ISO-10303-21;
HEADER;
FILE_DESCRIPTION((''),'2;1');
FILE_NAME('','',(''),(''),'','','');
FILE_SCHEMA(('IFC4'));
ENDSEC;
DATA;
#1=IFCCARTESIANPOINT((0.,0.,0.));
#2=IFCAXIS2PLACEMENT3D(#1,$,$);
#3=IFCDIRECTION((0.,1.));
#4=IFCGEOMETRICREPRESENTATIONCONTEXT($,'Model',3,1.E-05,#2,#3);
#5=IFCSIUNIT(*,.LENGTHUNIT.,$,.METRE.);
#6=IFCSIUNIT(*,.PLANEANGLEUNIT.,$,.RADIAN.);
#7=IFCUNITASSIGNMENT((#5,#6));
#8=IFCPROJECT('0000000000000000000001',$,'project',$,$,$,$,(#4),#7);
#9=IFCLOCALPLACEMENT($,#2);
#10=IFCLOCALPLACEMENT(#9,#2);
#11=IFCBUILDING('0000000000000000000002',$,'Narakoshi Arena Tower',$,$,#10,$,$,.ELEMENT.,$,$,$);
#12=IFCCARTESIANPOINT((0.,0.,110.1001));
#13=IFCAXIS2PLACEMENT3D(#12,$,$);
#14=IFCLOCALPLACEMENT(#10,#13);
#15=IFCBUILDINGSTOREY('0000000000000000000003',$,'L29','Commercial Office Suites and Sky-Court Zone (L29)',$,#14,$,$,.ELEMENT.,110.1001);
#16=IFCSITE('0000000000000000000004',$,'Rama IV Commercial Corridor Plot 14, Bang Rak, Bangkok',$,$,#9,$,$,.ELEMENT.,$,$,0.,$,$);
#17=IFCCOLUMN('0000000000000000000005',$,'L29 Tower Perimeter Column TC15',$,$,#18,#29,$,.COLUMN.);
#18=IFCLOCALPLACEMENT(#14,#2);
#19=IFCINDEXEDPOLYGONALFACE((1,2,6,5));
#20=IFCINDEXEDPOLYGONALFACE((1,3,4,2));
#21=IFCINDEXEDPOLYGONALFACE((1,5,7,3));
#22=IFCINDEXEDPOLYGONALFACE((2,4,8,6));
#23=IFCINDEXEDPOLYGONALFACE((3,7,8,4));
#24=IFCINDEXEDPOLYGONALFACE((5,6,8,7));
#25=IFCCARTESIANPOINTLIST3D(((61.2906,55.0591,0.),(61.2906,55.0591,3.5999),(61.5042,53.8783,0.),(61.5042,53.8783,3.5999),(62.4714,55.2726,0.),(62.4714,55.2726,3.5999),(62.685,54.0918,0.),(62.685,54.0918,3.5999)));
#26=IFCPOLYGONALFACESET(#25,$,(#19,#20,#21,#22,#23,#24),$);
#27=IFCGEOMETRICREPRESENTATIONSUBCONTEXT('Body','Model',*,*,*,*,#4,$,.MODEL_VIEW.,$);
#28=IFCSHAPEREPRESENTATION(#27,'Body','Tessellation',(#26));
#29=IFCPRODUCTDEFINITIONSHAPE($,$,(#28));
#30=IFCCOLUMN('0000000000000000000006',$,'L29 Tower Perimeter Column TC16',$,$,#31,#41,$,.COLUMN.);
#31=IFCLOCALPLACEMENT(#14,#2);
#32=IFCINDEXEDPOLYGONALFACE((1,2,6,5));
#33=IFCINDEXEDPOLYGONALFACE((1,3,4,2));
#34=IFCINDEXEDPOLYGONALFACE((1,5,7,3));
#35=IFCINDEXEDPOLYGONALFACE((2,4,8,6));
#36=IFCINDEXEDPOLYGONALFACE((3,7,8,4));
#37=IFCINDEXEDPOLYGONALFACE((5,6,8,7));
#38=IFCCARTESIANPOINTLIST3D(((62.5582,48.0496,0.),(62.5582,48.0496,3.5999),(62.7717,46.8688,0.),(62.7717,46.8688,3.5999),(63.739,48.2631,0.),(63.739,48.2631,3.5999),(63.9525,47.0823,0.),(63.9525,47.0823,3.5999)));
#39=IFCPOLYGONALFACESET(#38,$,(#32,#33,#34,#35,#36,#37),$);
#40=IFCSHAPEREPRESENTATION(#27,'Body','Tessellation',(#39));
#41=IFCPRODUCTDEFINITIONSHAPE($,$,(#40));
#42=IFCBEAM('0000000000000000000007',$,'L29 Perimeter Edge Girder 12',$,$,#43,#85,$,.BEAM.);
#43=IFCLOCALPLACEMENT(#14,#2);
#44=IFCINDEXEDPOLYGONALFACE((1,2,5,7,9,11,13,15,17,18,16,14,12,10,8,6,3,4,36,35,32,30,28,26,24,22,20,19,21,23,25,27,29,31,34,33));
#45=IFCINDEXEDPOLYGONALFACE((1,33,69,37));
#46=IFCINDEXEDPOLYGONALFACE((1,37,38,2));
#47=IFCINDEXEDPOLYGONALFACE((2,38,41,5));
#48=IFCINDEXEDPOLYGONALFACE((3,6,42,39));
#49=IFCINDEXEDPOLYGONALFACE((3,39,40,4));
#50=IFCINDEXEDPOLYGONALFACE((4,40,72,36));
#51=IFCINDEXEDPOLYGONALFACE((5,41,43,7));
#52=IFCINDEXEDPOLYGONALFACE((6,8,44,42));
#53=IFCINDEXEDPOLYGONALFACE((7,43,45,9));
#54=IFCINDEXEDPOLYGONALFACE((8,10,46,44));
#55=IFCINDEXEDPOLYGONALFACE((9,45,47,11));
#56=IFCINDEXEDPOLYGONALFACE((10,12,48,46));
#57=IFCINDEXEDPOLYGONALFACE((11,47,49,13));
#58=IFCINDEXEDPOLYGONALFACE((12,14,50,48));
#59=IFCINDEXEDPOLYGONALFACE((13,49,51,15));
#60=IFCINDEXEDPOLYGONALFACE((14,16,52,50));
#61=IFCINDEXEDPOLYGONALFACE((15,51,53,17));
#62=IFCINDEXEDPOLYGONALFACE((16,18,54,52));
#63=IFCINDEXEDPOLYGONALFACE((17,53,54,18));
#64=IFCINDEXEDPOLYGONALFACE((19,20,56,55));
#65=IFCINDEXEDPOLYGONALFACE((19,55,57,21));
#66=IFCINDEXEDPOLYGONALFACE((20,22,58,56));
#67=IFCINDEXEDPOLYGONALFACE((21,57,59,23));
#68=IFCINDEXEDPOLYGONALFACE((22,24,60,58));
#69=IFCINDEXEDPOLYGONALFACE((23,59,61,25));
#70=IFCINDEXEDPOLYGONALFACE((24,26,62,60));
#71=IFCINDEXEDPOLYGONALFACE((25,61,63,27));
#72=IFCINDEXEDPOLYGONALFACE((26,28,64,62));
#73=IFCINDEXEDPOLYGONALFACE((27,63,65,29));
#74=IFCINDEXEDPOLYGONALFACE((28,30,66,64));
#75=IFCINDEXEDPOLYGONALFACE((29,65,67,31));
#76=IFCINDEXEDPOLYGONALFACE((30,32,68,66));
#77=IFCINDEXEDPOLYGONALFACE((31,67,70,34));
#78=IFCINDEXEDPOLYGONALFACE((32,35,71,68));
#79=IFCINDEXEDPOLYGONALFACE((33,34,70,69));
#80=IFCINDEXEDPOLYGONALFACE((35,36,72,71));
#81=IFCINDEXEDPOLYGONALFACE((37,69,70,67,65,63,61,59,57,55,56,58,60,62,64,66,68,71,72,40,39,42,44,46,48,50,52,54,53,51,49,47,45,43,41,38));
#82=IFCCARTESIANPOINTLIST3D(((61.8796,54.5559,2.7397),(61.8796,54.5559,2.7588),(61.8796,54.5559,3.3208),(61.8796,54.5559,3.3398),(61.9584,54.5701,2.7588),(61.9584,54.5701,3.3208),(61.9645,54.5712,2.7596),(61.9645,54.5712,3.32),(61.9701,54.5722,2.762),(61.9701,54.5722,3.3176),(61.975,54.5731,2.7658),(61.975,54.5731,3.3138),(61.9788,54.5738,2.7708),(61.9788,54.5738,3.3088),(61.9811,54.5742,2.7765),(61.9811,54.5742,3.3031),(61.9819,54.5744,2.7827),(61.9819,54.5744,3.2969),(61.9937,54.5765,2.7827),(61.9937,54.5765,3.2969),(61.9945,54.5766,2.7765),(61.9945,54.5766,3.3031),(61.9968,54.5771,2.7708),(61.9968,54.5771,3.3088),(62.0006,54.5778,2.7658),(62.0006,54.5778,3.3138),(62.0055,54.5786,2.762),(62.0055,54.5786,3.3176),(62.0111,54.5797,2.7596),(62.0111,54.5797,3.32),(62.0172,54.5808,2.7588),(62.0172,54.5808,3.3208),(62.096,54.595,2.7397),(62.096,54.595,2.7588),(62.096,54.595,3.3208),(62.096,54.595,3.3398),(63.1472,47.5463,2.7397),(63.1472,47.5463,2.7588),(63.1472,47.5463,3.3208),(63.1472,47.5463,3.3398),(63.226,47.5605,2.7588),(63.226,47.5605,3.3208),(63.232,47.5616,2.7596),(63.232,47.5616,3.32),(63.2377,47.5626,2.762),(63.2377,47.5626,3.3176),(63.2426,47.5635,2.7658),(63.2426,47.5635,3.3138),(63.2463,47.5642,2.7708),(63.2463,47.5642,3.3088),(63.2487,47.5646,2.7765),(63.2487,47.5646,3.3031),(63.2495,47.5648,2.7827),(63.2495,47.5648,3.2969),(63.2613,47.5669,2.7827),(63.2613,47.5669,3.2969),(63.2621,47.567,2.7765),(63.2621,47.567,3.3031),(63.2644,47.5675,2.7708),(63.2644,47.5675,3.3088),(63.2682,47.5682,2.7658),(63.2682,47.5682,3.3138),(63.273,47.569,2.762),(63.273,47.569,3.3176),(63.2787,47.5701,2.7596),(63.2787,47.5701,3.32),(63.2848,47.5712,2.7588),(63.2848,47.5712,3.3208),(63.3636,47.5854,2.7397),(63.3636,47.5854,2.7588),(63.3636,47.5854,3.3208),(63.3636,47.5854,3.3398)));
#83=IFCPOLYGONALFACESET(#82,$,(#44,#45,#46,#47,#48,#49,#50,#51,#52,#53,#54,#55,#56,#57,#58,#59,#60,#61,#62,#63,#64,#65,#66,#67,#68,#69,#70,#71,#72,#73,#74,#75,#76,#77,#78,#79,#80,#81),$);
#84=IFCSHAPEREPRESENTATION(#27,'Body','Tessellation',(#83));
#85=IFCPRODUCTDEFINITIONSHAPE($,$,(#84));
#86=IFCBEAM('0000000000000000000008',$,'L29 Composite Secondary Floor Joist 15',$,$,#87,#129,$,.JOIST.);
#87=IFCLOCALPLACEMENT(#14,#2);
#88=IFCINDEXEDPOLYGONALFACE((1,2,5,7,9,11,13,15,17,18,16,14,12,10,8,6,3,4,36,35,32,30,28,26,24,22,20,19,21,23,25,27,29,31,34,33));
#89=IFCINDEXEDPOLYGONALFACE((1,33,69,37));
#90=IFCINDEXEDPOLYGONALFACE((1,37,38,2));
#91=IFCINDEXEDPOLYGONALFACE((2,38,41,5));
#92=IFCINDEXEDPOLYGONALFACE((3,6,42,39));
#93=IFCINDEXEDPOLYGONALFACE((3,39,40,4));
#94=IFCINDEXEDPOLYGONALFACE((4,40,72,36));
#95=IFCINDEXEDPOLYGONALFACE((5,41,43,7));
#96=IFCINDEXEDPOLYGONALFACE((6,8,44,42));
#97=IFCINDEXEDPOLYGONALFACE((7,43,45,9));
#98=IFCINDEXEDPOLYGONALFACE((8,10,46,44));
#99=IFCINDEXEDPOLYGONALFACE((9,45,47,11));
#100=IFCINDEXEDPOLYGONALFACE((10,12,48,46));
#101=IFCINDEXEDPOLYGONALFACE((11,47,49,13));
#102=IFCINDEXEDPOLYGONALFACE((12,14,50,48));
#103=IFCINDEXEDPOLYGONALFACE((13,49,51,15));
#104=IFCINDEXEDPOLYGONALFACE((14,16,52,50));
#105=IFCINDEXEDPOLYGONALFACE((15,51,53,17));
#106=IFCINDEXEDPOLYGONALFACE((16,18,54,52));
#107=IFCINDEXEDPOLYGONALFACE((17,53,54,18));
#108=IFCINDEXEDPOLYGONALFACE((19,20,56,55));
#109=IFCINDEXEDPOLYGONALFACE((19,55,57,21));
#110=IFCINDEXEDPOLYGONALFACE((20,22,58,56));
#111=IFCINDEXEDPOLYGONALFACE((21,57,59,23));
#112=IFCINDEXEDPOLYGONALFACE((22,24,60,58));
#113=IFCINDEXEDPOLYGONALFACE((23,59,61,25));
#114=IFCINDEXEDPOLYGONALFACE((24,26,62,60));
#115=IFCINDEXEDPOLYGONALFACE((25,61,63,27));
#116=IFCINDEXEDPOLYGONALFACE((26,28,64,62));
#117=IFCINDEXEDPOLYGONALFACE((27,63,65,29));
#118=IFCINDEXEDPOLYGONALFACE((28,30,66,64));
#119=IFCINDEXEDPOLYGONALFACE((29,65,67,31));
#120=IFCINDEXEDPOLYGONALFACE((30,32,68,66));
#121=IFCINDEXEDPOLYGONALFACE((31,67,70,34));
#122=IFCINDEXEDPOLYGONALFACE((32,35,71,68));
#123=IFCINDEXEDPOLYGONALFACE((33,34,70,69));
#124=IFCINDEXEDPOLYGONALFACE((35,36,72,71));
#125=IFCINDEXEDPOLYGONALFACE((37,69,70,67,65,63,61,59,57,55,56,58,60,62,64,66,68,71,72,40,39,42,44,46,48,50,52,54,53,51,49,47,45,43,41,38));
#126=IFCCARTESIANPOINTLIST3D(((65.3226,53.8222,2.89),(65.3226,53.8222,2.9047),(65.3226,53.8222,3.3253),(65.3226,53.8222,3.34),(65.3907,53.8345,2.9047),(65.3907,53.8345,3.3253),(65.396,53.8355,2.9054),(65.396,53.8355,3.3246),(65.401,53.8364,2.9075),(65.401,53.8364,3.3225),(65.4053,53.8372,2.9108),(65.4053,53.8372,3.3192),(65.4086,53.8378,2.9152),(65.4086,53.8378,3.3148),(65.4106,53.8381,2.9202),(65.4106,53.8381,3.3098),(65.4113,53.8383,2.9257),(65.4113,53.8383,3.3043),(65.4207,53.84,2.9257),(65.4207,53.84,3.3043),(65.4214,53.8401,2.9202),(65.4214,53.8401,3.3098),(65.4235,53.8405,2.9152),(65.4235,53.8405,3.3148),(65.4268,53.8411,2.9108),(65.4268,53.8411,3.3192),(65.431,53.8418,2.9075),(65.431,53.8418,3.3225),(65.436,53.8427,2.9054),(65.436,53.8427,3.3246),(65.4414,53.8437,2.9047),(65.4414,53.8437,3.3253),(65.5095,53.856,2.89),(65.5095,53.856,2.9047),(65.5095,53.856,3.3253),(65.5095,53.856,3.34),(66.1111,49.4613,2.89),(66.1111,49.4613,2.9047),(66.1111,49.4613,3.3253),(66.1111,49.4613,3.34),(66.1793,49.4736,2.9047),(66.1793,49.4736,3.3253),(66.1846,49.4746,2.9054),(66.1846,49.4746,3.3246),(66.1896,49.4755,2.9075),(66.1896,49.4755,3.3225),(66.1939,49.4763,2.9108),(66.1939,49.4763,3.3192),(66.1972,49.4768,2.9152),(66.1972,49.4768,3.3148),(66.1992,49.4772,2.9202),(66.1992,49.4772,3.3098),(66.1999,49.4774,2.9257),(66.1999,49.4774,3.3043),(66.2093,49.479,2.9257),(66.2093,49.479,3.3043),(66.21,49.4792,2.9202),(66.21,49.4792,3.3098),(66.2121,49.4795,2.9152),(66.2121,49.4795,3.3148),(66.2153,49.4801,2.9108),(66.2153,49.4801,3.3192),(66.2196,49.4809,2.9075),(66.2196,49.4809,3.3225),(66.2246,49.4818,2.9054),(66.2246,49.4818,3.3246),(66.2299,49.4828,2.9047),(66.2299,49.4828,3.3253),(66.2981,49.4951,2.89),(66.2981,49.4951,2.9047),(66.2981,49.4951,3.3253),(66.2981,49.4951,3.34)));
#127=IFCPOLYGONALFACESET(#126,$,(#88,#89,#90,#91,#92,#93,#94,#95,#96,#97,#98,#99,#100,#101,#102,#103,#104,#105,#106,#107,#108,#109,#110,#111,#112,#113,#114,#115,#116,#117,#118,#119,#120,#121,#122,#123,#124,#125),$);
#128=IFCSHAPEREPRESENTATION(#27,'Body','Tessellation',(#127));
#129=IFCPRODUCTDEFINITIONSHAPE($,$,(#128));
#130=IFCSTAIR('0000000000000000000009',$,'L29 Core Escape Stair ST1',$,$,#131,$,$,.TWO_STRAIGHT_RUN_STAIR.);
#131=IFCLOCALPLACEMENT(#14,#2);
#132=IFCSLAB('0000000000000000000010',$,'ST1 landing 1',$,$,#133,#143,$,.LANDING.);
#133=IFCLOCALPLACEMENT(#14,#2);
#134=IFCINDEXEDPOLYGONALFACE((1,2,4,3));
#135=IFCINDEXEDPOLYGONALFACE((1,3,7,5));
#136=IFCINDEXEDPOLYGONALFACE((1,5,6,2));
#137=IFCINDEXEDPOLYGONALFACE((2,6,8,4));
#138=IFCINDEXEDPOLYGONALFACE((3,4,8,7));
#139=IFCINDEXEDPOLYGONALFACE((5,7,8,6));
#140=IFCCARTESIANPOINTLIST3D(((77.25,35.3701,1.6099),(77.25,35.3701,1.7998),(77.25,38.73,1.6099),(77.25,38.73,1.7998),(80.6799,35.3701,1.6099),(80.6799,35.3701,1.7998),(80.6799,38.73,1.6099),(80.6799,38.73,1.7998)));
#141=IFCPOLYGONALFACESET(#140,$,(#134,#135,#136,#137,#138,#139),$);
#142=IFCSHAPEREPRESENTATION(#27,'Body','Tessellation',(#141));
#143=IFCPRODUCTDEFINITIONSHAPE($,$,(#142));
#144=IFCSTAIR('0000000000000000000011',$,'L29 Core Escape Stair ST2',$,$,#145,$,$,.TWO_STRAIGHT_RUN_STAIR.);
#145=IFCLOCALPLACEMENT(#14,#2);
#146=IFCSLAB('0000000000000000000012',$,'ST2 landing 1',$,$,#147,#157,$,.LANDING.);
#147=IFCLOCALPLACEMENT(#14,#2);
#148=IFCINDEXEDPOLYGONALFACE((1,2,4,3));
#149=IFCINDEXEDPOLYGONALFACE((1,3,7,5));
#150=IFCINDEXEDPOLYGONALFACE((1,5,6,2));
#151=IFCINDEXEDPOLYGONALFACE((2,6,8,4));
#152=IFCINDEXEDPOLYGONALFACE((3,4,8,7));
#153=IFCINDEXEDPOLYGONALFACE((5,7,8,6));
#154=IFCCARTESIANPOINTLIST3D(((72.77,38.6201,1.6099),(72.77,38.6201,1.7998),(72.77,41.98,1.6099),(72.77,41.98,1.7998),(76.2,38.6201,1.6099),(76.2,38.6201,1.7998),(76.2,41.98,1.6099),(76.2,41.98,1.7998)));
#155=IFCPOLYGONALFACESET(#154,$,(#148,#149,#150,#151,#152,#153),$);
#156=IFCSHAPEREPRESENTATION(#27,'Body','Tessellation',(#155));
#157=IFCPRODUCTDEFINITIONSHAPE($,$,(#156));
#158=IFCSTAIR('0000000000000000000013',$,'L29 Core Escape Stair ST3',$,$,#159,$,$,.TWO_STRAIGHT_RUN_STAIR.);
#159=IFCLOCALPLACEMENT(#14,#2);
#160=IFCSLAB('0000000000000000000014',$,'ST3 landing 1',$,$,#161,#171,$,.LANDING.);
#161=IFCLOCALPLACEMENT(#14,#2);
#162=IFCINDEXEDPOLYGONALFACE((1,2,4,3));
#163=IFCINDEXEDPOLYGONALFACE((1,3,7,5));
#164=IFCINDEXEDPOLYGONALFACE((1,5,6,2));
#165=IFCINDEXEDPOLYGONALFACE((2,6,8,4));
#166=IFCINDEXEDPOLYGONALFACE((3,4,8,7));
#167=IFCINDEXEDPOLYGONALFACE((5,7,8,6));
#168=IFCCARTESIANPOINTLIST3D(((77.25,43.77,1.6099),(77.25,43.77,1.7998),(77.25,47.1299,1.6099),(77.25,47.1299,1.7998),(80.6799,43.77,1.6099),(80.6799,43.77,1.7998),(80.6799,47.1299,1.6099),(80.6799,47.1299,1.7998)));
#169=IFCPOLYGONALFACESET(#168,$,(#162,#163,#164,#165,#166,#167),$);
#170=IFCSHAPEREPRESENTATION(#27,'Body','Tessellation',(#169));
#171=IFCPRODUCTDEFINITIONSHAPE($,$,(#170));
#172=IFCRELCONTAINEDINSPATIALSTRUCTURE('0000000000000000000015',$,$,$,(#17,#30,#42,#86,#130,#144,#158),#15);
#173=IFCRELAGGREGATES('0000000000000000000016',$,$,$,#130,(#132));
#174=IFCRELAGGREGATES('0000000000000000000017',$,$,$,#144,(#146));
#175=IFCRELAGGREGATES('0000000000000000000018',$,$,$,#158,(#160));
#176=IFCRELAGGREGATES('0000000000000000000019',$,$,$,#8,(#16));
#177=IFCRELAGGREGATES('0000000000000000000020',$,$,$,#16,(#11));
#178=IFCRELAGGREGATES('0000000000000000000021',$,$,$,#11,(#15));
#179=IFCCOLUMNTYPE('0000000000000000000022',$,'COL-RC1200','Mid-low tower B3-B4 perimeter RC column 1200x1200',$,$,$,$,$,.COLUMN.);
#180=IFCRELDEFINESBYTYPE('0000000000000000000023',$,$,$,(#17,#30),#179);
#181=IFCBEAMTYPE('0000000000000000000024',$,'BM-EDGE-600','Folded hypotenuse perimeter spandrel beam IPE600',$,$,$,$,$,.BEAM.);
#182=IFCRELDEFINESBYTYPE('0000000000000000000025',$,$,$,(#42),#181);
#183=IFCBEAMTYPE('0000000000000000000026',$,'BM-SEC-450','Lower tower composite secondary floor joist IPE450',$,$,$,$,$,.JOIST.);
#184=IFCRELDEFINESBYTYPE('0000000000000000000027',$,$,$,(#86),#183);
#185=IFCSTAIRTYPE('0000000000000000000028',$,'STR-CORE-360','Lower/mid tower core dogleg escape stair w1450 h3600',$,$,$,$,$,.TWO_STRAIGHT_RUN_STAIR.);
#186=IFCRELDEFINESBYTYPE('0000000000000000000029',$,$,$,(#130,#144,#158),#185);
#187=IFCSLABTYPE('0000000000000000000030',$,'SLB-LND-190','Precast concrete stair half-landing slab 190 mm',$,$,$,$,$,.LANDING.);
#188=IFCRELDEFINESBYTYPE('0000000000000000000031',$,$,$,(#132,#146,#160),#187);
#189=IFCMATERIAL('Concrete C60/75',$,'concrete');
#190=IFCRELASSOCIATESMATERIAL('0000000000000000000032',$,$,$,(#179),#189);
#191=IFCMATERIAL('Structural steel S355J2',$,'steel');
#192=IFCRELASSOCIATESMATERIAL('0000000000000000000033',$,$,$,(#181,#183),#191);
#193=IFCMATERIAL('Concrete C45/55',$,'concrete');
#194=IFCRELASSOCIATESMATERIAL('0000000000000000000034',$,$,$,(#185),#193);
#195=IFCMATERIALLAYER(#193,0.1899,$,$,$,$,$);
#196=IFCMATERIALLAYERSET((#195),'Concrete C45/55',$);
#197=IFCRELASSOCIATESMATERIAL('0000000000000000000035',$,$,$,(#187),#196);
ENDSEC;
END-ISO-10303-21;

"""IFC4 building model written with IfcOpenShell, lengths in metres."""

from ifc_helpers import new_model, si_unit, direction, frame, origin, origin_2d, place, context, subcontext, project, spatial, polyline, rectangle, i_section, outline, extrude, material, layer, layer_set, material_profile, profile_set, type_object, element, aggregate, save


model = new_model("IFC4")

# Units and contexts
model_context = context("Model", 3, precision=1e-05, world=origin(), true_north=direction((0.0, 1.0)))
body_context = subcontext(model_context, "Body", "Model", "MODEL_VIEW")
ifc_project = project(units=[si_unit("LENGTHUNIT", "METRE"), si_unit("PLANEANGLEUNIT", "RADIAN")], contexts=[model_context])

# Site, building, storey
site_placement = place(None, origin())
site = spatial("IfcSite", under=ifc_project, at=site_placement, Name="Rama IV Commercial Corridor Plot 14, Bang Rak, Bangkok", CompositionType="ELEMENT", RefElevation=0.0)
building_placement = place(site_placement, origin())
building = spatial("IfcBuilding", under=site, at=building_placement, Name="Narakoshi Arena Tower", CompositionType="ELEMENT")
storey_placement = place(building_placement, frame((0.0, 0.0, 110.1001)))
storey = spatial("IfcBuildingStorey", under=building, at=storey_placement, Name="L29", Description="Commercial Office Suites and Sky-Court Zone (L29)", CompositionType="ELEMENT", Elevation=110.1001)

# Columns
ifc_material_1 = material(Name="Concrete C60/75", Category="concrete")
ifc_material_profile_1 = material_profile(ifc_material_1, rectangle(XDim=1.2, YDim=1.2, at=origin_2d()), Name="RC1200x1200")
ifc_profile_set_1 = profile_set([ifc_material_profile_1], Name="Concrete C60/75")
column_type = type_object("IfcColumnType", Name="COL-RC1200", Description="Mid-low tower B3-B4 perimeter RC column 1200x1200", PredefinedType="COLUMN", material=ifc_profile_set_1)
for number, where, z_axis, x_axis, name in (
    (1, (61.9878, 54.5754, 0.0), (0.0, 0.0, 1.0), (-0.177944, 0.984041, 0.0), "L29 Tower Perimeter Column TC15"),
    (2, (63.2554, 47.5659, 0.0), (0.0, 0.0, 1.0), (-0.177944, 0.984041, 0.0), "L29 Tower Perimeter Column TC16"),
):
    element("IfcColumn", number, at=place(storey_placement, frame(where, z_axis=z_axis, x_axis=x_axis)), inside=storey, type_object=column_type, Name=name, PredefinedType="COLUMN", context=body_context, shape_type="SweptSolid", body=[
        extrude(rectangle(XDim=1.2, YDim=1.2, at=origin_2d()), origin(), (0.0, 0.0, 1.0), 3.5999),
    ])

# Beams
ifc_material_2 = material(Name="Structural steel S355J2", Category="steel")
ifc_material_profile_2 = material_profile(ifc_material_2, i_section(OverallWidth=0.22, OverallDepth=0.6001, WebThickness=0.012, FlangeThickness=0.019, FilletRadius=0.0239, at=origin_2d()), Name="IPE600")
ifc_profile_set_2 = profile_set([ifc_material_profile_2], Name="Structural steel S355J2")
beam_type_1 = type_object("IfcBeamType", Name="BM-EDGE-600", Description="Folded hypotenuse perimeter spandrel beam IPE600", PredefinedType="BEAM", material=ifc_profile_set_2)
beam_1_placement = place(storey_placement, frame((61.9878, 54.5754, 3.0398), z_axis=(0.17795, -0.984039, 0.0), x_axis=(0.984039, 0.17795, 0.0)))
element("IfcBeam", 3, at=beam_1_placement, inside=storey, type_object=beam_type_1, Name="L29 Perimeter Edge Girder 12", PredefinedType="BEAM", context=body_context, shape_type="SweptSolid", body=[
    extrude(i_section(OverallWidth=0.22, OverallDepth=0.6001, WebThickness=0.012, FlangeThickness=0.019, FilletRadius=0.0239, at=origin_2d()), origin(), (0.0, 0.0, 1.0), 7.1233),
])
ifc_material_profile_3 = material_profile(ifc_material_2, i_section(OverallWidth=0.1899, OverallDepth=0.45, WebThickness=0.0095, FlangeThickness=0.0146, FilletRadius=0.021, at=origin_2d()), Name="IPE450")
ifc_profile_set_3 = profile_set([ifc_material_profile_3], Name="Structural steel S355J2")
beam_type_2 = type_object("IfcBeamType", Name="BM-SEC-450", Description="Lower tower composite secondary floor joist IPE450", PredefinedType="JOIST", material=ifc_profile_set_3)
beam_2_placement = place(storey_placement, frame((65.416, 53.8391, 3.115), z_axis=(0.177945, -0.98404, 0.0), x_axis=(0.98404, 0.177945, 0.0)))
element("IfcBeam", 4, at=beam_2_placement, inside=storey, type_object=beam_type_2, Name="L29 Composite Secondary Floor Joist 15", PredefinedType="JOIST", context=body_context, shape_type="SweptSolid", body=[
    extrude(i_section(OverallWidth=0.1899, OverallDepth=0.45, WebThickness=0.0095, FlangeThickness=0.0146, FilletRadius=0.021, at=origin_2d()), origin(), (0.0, 0.0, 1.0), 4.4316),
])

# Stairs, slabs
ifc_material_3 = material(Name="Concrete C45/55", Category="concrete")
stair_type = type_object("IfcStairType", Name="STR-CORE-360", Description="Lower/mid tower core dogleg escape stair w1450 h3600", PredefinedType="TWO_STRAIGHT_RUN_STAIR", material=ifc_material_3)
stair_1_placement = place(storey_placement, origin())
stair_1 = element("IfcStair", 5, at=stair_1_placement, inside=storey, type_object=stair_type, Name="L29 Core Escape Stair ST1", PredefinedType="TWO_STRAIGHT_RUN_STAIR")
ifc_layer_1 = layer(ifc_material_3, 0.1899)
ifc_layer_set_1 = layer_set([ifc_layer_1], Name="Concrete C45/55")
slab_type_1 = type_object("IfcSlabType", Name="SLB-LND-190", Description="Precast concrete stair half-landing slab 190 mm", PredefinedType="LANDING", material=ifc_layer_set_1)
slab_1_placement = place(storey_placement, frame((0.0, 0.0, 1.6099)))
slab_1 = element("IfcSlab", 6, at=slab_1_placement, type_object=slab_type_1, Name="ST1 landing 1", PredefinedType="LANDING", context=body_context, shape_type="SweptSolid", body=[
    extrude(outline(polyline([(77.25, 35.3701), (80.6799, 35.3701), (80.6799, 38.73), (77.25, 38.73), (77.25, 35.3701)])), origin(), (0.0, 0.0, 1.0), 0.1899),
])
aggregate(stair_1, [slab_1])
stair_2_placement = place(storey_placement, origin())
stair_2 = element("IfcStair", 7, at=stair_2_placement, inside=storey, type_object=stair_type, Name="L29 Core Escape Stair ST2", PredefinedType="TWO_STRAIGHT_RUN_STAIR")
slab_2_placement = place(storey_placement, frame((0.0, 0.0, 1.6099)))
slab_2 = element("IfcSlab", 8, at=slab_2_placement, type_object=slab_type_1, Name="ST2 landing 1", PredefinedType="LANDING", context=body_context, shape_type="SweptSolid", body=[
    extrude(outline(polyline([(72.77, 38.6201), (76.2, 38.6201), (76.2, 41.98), (72.77, 41.98), (72.77, 38.6201)])), origin(), (0.0, 0.0, 1.0), 0.1899),
])
aggregate(stair_2, [slab_2])
stair_3_placement = place(storey_placement, origin())
stair_3 = element("IfcStair", 9, at=stair_3_placement, inside=storey, type_object=stair_type, Name="L29 Core Escape Stair ST3", PredefinedType="TWO_STRAIGHT_RUN_STAIR")
slab_3_placement = place(storey_placement, frame((0.0, 0.0, 1.6099)))
slab_3 = element("IfcSlab", 10, at=slab_3_placement, type_object=slab_type_1, Name="ST3 landing 1", PredefinedType="LANDING", context=body_context, shape_type="SweptSolid", body=[
    extrude(outline(polyline([(77.25, 43.77), (80.6799, 43.77), (80.6799, 47.1299), (77.25, 47.1299), (77.25, 43.77)])), origin(), (0.0, 0.0, 1.0), 0.1899),
])
aggregate(stair_3, [slab_3])

save(model, "model.ifc")
